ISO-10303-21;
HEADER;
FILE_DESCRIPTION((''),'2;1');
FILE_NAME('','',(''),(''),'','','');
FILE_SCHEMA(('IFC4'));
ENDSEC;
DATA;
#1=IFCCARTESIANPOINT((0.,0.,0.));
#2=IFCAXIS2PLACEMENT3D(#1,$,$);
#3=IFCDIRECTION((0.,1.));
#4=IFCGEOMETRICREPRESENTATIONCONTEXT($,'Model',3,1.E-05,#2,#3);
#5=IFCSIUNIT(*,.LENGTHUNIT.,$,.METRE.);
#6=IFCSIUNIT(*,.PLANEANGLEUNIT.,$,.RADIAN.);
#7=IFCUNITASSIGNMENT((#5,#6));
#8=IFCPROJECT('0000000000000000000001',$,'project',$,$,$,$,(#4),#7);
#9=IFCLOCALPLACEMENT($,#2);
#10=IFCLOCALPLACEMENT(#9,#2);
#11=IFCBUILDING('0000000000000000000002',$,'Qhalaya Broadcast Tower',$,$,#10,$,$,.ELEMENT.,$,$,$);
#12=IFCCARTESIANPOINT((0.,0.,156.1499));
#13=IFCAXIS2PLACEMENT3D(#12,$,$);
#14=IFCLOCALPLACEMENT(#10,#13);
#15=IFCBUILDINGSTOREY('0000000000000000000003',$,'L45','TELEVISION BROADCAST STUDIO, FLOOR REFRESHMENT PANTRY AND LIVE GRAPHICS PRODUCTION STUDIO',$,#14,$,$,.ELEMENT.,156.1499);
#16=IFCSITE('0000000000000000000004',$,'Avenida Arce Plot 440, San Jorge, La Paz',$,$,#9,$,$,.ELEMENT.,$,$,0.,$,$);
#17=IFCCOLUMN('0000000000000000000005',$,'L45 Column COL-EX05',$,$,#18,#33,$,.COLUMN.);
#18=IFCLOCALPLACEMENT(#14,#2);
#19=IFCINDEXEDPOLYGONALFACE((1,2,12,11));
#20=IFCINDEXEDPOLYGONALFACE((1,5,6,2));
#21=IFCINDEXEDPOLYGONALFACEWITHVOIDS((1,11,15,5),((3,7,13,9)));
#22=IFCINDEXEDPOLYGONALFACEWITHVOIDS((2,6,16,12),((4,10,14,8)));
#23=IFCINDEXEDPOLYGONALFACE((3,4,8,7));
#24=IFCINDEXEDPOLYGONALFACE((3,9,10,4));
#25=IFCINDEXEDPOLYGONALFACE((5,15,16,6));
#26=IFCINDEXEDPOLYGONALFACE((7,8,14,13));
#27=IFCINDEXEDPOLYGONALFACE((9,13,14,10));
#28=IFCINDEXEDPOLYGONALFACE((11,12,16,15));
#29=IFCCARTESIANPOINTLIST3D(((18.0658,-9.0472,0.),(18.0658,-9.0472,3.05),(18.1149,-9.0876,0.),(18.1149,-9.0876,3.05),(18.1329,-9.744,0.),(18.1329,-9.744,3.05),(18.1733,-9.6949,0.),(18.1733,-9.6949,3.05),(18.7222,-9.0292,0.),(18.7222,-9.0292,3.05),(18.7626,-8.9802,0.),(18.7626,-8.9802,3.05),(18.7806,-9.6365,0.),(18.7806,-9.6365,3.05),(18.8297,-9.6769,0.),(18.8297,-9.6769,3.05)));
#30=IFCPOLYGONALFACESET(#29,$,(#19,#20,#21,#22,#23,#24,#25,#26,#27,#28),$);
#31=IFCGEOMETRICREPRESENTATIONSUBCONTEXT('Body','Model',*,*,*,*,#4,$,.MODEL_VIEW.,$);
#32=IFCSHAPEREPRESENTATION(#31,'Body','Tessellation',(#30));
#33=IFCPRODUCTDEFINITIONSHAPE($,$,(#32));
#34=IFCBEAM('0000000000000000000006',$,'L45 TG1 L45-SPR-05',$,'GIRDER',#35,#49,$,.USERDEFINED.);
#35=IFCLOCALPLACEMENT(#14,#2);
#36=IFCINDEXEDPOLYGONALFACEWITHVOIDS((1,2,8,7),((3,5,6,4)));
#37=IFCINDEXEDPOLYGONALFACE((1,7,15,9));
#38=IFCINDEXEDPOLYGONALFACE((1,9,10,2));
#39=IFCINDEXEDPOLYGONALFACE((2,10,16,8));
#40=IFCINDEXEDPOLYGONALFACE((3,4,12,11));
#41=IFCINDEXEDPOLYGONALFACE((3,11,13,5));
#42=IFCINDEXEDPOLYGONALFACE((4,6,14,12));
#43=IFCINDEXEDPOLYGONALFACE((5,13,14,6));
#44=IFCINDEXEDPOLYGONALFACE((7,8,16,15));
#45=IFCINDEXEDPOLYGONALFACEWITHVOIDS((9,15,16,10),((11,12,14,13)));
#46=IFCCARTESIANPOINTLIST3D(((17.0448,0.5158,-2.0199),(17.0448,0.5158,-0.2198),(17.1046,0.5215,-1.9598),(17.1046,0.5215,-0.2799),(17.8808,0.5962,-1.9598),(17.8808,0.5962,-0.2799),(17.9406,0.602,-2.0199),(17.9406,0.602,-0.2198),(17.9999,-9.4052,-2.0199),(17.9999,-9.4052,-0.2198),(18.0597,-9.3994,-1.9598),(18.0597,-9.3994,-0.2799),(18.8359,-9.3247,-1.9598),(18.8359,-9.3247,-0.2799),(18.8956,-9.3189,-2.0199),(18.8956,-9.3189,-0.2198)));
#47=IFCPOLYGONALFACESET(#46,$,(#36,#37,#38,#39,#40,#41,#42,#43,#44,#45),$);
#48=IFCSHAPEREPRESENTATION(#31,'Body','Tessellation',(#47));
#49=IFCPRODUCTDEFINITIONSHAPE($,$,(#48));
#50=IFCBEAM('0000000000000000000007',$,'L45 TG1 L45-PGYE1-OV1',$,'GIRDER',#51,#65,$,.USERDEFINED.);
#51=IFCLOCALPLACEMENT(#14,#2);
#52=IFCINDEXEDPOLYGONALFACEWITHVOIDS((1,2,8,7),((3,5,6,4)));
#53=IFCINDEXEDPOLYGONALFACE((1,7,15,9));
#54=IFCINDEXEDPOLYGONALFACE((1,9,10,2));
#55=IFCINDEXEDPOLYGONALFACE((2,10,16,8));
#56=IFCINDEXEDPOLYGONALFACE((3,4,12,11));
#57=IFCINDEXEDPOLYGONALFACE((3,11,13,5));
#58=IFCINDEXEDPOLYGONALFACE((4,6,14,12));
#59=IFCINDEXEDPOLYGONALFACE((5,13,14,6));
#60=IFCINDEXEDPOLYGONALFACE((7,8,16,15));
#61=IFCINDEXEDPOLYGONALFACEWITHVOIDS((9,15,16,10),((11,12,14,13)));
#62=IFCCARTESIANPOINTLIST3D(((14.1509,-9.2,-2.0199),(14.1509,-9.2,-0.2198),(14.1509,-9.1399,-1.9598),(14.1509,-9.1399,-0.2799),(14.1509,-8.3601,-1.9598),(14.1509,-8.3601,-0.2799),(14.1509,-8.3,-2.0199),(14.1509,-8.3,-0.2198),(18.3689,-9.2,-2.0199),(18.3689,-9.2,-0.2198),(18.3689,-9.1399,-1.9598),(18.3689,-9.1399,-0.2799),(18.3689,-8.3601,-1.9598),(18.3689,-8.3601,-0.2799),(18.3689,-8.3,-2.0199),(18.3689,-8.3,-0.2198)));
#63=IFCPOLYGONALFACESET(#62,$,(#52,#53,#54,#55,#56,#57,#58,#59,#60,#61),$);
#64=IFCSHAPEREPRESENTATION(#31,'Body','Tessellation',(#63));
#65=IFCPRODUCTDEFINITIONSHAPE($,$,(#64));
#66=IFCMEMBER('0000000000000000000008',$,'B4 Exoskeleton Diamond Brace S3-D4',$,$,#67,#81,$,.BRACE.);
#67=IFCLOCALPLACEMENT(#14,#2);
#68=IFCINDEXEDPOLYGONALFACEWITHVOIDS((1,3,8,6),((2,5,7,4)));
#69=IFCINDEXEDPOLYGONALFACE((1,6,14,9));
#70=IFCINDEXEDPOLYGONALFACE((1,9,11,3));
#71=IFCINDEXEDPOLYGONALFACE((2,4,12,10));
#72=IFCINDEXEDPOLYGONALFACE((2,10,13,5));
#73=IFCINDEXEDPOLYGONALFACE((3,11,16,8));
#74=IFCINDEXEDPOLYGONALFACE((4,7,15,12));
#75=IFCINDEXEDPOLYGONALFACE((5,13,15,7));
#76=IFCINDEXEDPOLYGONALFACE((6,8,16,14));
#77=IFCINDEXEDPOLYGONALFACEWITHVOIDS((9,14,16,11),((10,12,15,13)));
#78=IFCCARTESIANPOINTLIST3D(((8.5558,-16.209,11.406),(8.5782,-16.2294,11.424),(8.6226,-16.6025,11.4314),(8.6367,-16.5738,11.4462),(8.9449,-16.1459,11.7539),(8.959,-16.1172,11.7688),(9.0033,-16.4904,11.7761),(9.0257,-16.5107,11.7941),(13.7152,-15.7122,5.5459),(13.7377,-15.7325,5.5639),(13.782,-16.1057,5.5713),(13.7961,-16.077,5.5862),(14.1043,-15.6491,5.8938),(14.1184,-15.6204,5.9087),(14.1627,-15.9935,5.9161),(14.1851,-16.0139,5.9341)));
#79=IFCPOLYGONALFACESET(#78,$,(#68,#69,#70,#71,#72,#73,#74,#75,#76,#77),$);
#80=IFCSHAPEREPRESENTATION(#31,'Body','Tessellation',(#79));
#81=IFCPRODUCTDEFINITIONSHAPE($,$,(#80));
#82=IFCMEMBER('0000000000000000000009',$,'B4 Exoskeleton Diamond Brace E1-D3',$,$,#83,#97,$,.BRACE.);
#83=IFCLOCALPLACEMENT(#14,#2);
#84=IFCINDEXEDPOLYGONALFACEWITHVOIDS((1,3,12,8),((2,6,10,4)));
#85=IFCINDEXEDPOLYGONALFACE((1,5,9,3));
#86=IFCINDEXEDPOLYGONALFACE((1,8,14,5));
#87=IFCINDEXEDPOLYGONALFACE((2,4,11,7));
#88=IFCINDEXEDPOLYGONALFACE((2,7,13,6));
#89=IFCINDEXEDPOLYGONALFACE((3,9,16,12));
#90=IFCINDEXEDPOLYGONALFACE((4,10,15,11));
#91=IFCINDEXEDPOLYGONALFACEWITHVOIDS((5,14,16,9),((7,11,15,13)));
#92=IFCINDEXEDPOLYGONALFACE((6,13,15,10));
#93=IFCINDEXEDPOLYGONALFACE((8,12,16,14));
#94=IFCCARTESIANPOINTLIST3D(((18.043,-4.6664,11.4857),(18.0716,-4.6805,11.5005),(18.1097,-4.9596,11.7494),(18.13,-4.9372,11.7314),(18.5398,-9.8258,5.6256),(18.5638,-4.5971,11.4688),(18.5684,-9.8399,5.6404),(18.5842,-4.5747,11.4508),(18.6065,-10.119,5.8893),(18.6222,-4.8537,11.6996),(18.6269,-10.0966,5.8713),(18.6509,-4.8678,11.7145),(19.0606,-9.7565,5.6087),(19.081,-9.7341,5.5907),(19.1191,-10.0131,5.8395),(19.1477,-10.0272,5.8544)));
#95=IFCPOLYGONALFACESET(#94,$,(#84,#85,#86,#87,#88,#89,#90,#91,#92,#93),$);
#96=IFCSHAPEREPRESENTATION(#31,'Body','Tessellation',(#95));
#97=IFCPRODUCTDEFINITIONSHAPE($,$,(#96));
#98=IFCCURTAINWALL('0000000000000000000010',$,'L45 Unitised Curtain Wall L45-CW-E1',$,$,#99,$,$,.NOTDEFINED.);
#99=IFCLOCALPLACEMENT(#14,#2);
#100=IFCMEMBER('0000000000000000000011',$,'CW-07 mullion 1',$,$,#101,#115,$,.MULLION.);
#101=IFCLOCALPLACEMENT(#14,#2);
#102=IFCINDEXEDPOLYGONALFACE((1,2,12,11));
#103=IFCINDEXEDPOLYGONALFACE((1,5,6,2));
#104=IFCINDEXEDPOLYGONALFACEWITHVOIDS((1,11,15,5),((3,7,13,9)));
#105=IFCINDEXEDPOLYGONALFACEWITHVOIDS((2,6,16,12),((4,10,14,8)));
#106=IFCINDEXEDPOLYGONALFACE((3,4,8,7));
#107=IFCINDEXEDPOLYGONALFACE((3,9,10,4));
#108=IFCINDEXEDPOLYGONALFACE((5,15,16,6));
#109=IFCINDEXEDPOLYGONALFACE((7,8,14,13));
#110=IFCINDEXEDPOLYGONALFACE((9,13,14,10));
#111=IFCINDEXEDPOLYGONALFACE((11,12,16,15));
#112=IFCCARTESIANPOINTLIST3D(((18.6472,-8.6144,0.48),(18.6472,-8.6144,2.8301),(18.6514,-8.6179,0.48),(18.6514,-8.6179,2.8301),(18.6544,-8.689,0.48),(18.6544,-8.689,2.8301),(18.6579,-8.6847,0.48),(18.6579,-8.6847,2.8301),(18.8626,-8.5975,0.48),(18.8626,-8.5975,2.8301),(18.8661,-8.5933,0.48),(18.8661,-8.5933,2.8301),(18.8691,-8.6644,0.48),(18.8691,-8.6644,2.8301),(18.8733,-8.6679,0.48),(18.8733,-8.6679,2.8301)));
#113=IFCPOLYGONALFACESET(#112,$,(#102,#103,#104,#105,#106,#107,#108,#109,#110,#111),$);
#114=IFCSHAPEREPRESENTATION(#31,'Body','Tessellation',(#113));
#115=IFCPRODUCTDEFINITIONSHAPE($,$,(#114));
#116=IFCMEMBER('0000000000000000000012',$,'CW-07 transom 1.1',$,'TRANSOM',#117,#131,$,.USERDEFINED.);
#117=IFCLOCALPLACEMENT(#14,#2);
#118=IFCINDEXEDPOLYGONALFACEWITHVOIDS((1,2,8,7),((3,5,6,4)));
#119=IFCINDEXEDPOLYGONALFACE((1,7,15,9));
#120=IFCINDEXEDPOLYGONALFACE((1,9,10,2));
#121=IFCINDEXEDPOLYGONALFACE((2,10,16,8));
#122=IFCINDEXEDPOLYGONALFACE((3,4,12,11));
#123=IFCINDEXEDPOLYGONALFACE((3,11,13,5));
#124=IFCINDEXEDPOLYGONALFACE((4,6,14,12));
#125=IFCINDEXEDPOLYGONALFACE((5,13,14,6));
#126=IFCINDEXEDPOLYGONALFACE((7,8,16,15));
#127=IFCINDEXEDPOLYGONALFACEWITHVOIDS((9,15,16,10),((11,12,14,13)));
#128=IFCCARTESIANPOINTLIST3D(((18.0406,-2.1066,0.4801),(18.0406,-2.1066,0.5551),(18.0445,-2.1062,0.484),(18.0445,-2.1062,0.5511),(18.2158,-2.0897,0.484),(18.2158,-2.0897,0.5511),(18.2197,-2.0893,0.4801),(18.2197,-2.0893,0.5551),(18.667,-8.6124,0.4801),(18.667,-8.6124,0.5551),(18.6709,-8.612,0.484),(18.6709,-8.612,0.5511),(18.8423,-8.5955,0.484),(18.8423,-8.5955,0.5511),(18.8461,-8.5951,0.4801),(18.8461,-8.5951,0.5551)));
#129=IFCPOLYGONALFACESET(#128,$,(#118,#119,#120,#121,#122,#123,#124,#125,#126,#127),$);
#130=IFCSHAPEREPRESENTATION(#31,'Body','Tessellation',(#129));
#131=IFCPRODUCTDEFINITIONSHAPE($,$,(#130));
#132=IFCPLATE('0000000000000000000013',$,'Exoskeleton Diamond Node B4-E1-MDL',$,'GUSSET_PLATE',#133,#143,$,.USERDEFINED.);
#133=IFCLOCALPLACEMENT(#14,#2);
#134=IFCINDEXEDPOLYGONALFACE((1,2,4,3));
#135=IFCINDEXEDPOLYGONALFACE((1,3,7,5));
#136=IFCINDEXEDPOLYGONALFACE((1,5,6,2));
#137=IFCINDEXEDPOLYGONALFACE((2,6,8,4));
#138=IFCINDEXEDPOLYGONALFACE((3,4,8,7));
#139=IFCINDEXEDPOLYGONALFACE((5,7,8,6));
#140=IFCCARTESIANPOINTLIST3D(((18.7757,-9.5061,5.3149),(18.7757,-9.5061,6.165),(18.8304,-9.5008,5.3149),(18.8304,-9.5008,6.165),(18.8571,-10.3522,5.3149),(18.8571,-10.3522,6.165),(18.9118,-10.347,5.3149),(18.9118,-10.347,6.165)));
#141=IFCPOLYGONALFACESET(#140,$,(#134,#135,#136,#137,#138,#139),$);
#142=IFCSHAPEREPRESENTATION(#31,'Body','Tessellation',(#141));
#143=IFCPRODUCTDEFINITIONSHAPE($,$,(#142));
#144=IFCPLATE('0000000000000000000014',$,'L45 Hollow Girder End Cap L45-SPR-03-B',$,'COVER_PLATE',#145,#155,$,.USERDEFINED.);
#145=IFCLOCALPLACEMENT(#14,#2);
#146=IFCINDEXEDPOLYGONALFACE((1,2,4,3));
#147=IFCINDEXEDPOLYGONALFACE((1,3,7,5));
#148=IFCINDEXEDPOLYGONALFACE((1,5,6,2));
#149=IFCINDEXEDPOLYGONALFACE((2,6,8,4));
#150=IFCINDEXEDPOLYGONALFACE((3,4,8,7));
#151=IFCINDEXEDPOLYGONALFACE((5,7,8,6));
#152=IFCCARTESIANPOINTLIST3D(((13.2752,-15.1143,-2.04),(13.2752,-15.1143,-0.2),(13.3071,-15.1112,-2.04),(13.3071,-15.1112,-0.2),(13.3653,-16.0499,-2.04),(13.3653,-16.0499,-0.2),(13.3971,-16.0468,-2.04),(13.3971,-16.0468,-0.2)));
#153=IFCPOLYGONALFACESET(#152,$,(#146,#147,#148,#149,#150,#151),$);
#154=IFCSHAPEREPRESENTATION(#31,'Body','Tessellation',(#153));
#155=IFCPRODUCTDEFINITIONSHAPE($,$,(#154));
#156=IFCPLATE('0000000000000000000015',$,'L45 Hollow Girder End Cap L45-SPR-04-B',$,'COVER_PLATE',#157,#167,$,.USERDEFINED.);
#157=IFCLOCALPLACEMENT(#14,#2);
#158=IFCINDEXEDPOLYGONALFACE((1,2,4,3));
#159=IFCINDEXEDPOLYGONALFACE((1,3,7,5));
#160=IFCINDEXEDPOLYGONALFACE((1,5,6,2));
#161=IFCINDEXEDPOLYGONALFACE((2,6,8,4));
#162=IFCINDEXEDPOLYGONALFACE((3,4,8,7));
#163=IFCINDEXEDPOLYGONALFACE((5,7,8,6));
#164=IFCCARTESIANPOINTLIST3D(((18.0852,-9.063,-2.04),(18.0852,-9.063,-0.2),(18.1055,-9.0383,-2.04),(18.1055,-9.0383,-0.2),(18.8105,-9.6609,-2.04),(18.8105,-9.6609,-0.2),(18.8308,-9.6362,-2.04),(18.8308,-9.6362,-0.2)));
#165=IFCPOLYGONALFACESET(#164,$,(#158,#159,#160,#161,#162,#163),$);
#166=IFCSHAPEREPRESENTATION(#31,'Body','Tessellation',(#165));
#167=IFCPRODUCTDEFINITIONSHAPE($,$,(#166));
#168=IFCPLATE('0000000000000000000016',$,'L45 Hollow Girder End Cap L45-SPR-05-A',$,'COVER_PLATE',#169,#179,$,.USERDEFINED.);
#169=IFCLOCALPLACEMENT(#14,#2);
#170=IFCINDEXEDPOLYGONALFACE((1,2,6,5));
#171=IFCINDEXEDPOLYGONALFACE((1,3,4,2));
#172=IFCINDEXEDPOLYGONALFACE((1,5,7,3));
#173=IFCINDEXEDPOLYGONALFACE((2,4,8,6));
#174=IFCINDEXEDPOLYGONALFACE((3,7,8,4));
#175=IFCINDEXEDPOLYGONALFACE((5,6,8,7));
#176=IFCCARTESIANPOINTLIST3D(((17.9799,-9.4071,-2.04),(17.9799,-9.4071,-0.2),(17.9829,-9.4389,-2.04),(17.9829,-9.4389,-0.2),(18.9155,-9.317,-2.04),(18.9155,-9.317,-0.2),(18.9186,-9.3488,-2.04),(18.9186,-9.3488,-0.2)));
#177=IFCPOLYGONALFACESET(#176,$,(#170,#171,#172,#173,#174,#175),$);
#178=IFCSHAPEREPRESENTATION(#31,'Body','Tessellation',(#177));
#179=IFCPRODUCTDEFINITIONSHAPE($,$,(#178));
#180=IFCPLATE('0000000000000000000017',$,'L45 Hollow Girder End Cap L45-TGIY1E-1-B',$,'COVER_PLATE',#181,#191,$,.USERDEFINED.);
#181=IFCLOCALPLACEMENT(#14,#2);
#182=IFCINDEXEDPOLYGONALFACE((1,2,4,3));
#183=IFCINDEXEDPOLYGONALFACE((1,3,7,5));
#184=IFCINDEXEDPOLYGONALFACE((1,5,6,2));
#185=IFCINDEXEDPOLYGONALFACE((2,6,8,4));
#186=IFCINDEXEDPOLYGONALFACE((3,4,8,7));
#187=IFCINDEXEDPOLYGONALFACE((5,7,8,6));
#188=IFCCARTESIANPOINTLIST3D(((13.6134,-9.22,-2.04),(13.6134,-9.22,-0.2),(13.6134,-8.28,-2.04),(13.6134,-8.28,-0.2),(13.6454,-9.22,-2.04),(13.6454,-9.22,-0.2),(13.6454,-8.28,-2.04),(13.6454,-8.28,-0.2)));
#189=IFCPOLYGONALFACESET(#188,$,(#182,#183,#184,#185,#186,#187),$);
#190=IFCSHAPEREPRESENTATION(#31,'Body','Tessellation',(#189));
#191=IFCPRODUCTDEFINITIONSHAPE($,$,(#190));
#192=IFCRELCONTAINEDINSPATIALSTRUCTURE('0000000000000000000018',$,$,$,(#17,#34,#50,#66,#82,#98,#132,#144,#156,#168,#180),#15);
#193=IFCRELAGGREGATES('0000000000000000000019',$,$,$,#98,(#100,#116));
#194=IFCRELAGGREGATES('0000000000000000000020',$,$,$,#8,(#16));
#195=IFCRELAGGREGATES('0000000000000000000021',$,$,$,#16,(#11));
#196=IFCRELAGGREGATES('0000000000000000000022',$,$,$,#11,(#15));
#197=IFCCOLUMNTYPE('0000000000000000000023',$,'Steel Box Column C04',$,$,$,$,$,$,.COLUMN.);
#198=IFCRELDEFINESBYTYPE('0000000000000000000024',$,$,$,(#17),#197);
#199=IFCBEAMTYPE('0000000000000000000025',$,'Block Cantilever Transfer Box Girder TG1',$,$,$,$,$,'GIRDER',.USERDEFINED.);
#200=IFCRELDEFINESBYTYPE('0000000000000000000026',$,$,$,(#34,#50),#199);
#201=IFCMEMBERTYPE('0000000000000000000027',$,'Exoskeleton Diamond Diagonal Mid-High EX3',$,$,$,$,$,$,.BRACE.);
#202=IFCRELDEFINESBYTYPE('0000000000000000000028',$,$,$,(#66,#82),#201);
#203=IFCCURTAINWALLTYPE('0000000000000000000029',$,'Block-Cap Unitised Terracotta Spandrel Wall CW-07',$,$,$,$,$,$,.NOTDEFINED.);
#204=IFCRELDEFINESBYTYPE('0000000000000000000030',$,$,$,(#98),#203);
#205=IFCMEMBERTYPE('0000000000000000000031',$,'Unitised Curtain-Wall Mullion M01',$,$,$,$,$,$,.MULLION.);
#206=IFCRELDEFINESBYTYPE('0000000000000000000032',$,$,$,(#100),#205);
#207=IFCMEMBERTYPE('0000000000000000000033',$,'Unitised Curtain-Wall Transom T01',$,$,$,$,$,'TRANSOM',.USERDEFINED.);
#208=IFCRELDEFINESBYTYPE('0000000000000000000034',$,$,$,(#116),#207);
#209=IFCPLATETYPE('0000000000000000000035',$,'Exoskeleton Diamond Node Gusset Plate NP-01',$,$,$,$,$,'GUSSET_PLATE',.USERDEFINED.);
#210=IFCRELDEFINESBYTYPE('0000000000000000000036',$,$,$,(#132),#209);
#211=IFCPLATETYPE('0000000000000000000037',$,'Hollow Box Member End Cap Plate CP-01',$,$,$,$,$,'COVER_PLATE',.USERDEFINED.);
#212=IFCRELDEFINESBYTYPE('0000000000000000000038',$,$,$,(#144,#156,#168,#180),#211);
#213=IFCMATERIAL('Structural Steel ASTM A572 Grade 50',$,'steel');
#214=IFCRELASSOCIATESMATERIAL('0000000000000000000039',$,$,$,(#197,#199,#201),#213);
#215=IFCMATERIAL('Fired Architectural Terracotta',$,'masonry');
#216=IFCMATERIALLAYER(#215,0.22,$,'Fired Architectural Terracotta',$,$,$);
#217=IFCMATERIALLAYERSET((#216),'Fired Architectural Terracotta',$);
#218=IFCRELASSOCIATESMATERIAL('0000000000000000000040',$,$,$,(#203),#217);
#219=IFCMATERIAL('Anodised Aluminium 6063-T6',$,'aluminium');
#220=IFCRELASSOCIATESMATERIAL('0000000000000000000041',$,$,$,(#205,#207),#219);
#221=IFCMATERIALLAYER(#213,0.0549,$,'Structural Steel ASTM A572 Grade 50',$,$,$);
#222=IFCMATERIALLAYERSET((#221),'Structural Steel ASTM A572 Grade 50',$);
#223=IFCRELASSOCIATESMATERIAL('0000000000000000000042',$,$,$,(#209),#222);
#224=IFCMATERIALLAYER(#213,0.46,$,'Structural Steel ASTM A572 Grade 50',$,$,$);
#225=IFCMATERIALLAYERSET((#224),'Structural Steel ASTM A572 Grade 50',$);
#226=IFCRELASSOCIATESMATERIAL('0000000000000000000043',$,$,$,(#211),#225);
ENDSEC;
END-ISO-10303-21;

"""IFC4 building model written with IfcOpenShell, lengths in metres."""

from ifc_helpers import new_model, si_unit, direction, frame, origin, origin_2d, place, context, subcontext, project, spatial, rectangle, hollow_rectangle, extrude, material, layer, layer_set, material_profile, profile_set, type_object, element, aggregate, save


model = new_model("IFC4")

# Units and contexts
model_context = context("Model", 3, precision=1e-05, world=origin(), true_north=direction((0.0, 1.0)))
body_context = subcontext(model_context, "Body", "Model", "MODEL_VIEW")
ifc_project = project(units=[si_unit("LENGTHUNIT", "METRE"), si_unit("PLANEANGLEUNIT", "RADIAN")], contexts=[model_context])

# Site, building, storey
site_placement = place(None, origin())
site = spatial("IfcSite", under=ifc_project, at=site_placement, Name="Avenida Arce Plot 440, San Jorge, La Paz", CompositionType="ELEMENT", RefElevation=0.0)
building_placement = place(site_placement, origin())
building = spatial("IfcBuilding", under=site, at=building_placement, Name="Qhalaya Broadcast Tower", CompositionType="ELEMENT")
storey_placement = place(building_placement, frame((0.0, 0.0, 156.1499)))
storey = spatial("IfcBuildingStorey", under=building, at=storey_placement, Name="L45", Description="TELEVISION BROADCAST STUDIO, FLOOR REFRESHMENT PANTRY AND LIVE GRAPHICS PRODUCTION STUDIO", CompositionType="ELEMENT", Elevation=156.1499)

# Column
ifc_material_1 = material(Name="Structural Steel ASTM A572 Grade 50", Category="steel")
ifc_material_profile_1 = material_profile(ifc_material_1, hollow_rectangle(XDim=0.7, YDim=0.7, WallThickness=0.0449, at=origin_2d()), Name="BOX 700x700x45")
ifc_profile_set_1 = profile_set([ifc_material_profile_1], Name="Structural Steel ASTM A572 Grade 50")
column_type = type_object("IfcColumnType", Name="Steel Box Column C04", PredefinedType="COLUMN", material=ifc_profile_set_1)
column_placement = place(storey_placement, frame((18.4478, -9.3621, 0.0), z_axis=(0.0, 0.0, 1.0), x_axis=(-0.095846, 0.995396, 0.0)))
element("IfcColumn", 1, at=column_placement, inside=storey, type_object=column_type, Name="L45 Column COL-EX05", PredefinedType="COLUMN", context=body_context, shape_type="SweptSolid", body=[
    extrude(hollow_rectangle(XDim=0.7, YDim=0.7, WallThickness=0.0449, at=origin_2d()), origin(), (0.0, 0.0, 1.0), 3.05),
])

# Beams
ifc_material_profile_2 = material_profile(ifc_material_1, hollow_rectangle(XDim=0.8999, YDim=1.8, WallThickness=0.0601, at=origin_2d()), Name="BOX 900x1800x60")
ifc_profile_set_2 = profile_set([ifc_material_profile_2], Name="Structural Steel ASTM A572 Grade 50")
beam_type = type_object("IfcBeamType", Name="Block Cantilever Transfer Box Girder TG1", ElementType="GIRDER", PredefinedType="USERDEFINED", material=ifc_profile_set_2)
beam_1_placement = place(storey_placement, frame((18.4478, -9.3621, -1.1199), z_axis=(-0.095826, 0.995398, 0.0), x_axis=(-0.995398, -0.095826, 0.0)))
element("IfcBeam", 2, at=beam_1_placement, inside=storey, type_object=beam_type, Name="L45 TG1 L45-SPR-05", ObjectType="GIRDER", PredefinedType="USERDEFINED", context=body_context, shape_type="SweptSolid", body=[
    extrude(hollow_rectangle(XDim=0.8999, YDim=1.8, WallThickness=0.0601, at=origin_2d()), origin(), (0.0, 0.0, 1.0), 9.9668),
])
beam_2_placement = place(storey_placement, frame((14.1509, -8.75, -1.1199), z_axis=(1.0, 0.0, 0.0), x_axis=(0.0, 1.0, 0.0)))
element("IfcBeam", 3, at=beam_2_placement, inside=storey, type_object=beam_type, Name="L45 TG1 L45-PGYE1-OV1", ObjectType="GIRDER", PredefinedType="USERDEFINED", context=body_context, shape_type="SweptSolid", body=[
    extrude(hollow_rectangle(XDim=0.8999, YDim=1.8, WallThickness=0.0601, at=origin_2d()), origin(), (0.0, 0.0, 1.0), 4.218),
])

# Members
ifc_material_profile_3 = material_profile(ifc_material_1, hollow_rectangle(XDim=0.3999, YDim=0.55, WallThickness=0.0249, at=origin_2d()), Name="BOX 400x550x25")
ifc_profile_set_3 = profile_set([ifc_material_profile_3], Name="Structural Steel ASTM A572 Grade 50")
member_type_1 = type_object("IfcMemberType", Name="Exoskeleton Diamond Diagonal Mid-High EX3", PredefinedType="BRACE", material=ifc_profile_set_3)
for number, where, z_axis, x_axis, name in (
    (4, (13.9502, -15.863, 5.74), (-0.659477, -0.063504, 0.749038), (0.166872, -0.983932, 0.0635), "B4 Exoskeleton Diamond Brace S3-D4"),
    (5, (18.8438, -9.9265, 5.74), (-0.063504, 0.659477, 0.749038), (0.16687, -0.73297, 0.659477), "B4 Exoskeleton Diamond Brace E1-D3"),
):
    element("IfcMember", number, at=place(storey_placement, frame(where, z_axis=z_axis, x_axis=x_axis)), inside=storey, type_object=member_type_1, Name=name, PredefinedType="BRACE", context=body_context, shape_type="SweptSolid", body=[
        extrude(hollow_rectangle(XDim=0.3999, YDim=0.55, WallThickness=0.0249, at=origin_2d()), origin(), (0.0, 0.0, 1.0), 7.8235),
    ])

# Curtain wall, members
ifc_material_2 = material(Name="Fired Architectural Terracotta", Category="masonry")
ifc_layer_1 = layer(ifc_material_2, 0.22, Name="Fired Architectural Terracotta")
ifc_layer_set_1 = layer_set([ifc_layer_1], Name="Fired Architectural Terracotta")
curtain_wall_type = type_object("IfcCurtainWallType", Name="Block-Cap Unitised Terracotta Spandrel Wall CW-07", PredefinedType="NOTDEFINED", material=ifc_layer_set_1)
curtain_wall_placement = place(storey_placement, origin())
curtain_wall = element("IfcCurtainWall", 6, at=curtain_wall_placement, inside=storey, type_object=curtain_wall_type, Name="L45 Unitised Curtain Wall L45-CW-E1", PredefinedType="NOTDEFINED")
ifc_material_3 = material(Name="Anodised Aluminium 6063-T6", Category="aluminium")
ifc_material_profile_4 = material_profile(ifc_material_3, hollow_rectangle(XDim=0.075, YDim=0.22, WallThickness=0.0039, at=origin_2d()), Name="ALU-MUL 75x220x4")
ifc_profile_set_4 = profile_set([ifc_material_profile_4], Name="Anodised Aluminium 6063-T6")
member_type_2 = type_object("IfcMemberType", Name="Unitised Curtain-Wall Mullion M01", PredefinedType="MULLION", material=ifc_profile_set_4)
member_1_placement = place(storey_placement, frame((18.7603, -8.6411, 0.48), z_axis=(0.0, 0.0, 1.0), x_axis=(-0.095842, 0.995397, 0.0)))
member_1 = element("IfcMember", 7, at=member_1_placement, type_object=member_type_2, Name="CW-07 mullion 1", PredefinedType="MULLION", context=body_context, shape_type="SweptSolid", body=[
    extrude(hollow_rectangle(XDim=0.075, YDim=0.22, WallThickness=0.0039, at=origin_2d()), origin(), (0.0, 0.0, 1.0), 2.3501),
])
ifc_material_profile_5 = material_profile(ifc_material_3, hollow_rectangle(XDim=0.075, YDim=0.1799, WallThickness=0.0039, at=origin_2d()), Name="ALU-TRN 75x180x4")
ifc_profile_set_5 = profile_set([ifc_material_profile_5], Name="Anodised Aluminium 6063-T6")
member_type_3 = type_object("IfcMemberType", Name="Unitised Curtain-Wall Transom T01", ElementType="TRANSOM", PredefinedType="USERDEFINED", material=ifc_profile_set_5)
member_2_placement = place(storey_placement, frame((18.7566, -8.6038, 0.5176), z_axis=(-0.095849, 0.995396, 0.0), x_axis=(0.0, 0.0, 1.0)))
member_2 = element("IfcMember", 8, at=member_2_placement, type_object=member_type_3, Name="CW-07 transom 1.1", ObjectType="TRANSOM", PredefinedType="USERDEFINED", context=body_context, shape_type="SweptSolid", body=[
    extrude(hollow_rectangle(XDim=0.075, YDim=0.1799, WallThickness=0.0039, at=origin_2d()), origin(), (0.0, 0.0, 1.0), 6.5359),
])
aggregate(curtain_wall, [member_1, member_2])

# Plates
ifc_layer_2 = layer(ifc_material_1, 0.0549, Name="Structural Steel ASTM A572 Grade 50")
ifc_layer_set_2 = layer_set([ifc_layer_2], Name="Structural Steel ASTM A572 Grade 50")
plate_type_1 = type_object("IfcPlateType", Name="Exoskeleton Diamond Node Gusset Plate NP-01", ElementType="GUSSET_PLATE", PredefinedType="USERDEFINED", material=ifc_layer_set_2)
plate_1_placement = place(storey_placement, frame((18.8438, -9.9265, 5.3149), z_axis=(0.0, 0.0, 1.0), x_axis=(-0.095846, 0.995396, 0.0)))
element("IfcPlate", 9, at=plate_1_placement, inside=storey, type_object=plate_type_1, Name="Exoskeleton Diamond Node B4-E1-MDL", ObjectType="GUSSET_PLATE", PredefinedType="USERDEFINED", context=body_context, shape_type="SweptSolid", body=[
    extrude(rectangle(XDim=0.8501, YDim=0.0549, at=origin_2d()), origin(), (0.0, 0.0, 1.0), 0.8501),
])
ifc_layer_3 = layer(ifc_material_1, 0.46, Name="Structural Steel ASTM A572 Grade 50")
ifc_layer_set_3 = layer_set([ifc_layer_3], Name="Structural Steel ASTM A572 Grade 50")
plate_type_2 = type_object("IfcPlateType", Name="Hollow Box Member End Cap Plate CP-01", ElementType="COVER_PLATE", PredefinedType="USERDEFINED", material=ifc_layer_set_3)
for number, where, z_axis, x_axis, name in (
    (10, (13.3362, -15.5806, -2.04), (0.0, 0.0, 1.0), (-0.095846, 0.995396, 0.0), "L45 Hollow Girder End Cap L45-SPR-03-B"),
    (11, (18.458, -9.3496, -2.04), (0.0, 0.0, 1.0), (-0.771625, 0.636078, 0.0), "L45 Hollow Girder End Cap L45-SPR-04-B"),
    (12, (18.4492, -9.3779, -2.04), (0.0, 0.0, 1.0), (-0.995396, -0.095846, 0.0), "L45 Hollow Girder End Cap L45-SPR-05-A"),
    (13, (13.6294, -8.75, -2.04), (0.0, 0.0, 1.0), (0.0, 1.0, 0.0), "L45 Hollow Girder End Cap L45-TGIY1E-1-B"),
):
    element("IfcPlate", number, at=place(storey_placement, frame(where, z_axis=z_axis, x_axis=x_axis)), inside=storey, type_object=plate_type_2, Name=name, ObjectType="COVER_PLATE", PredefinedType="USERDEFINED", context=body_context, shape_type="SweptSolid", body=[
        extrude(rectangle(XDim=0.9399, YDim=0.032, at=origin_2d()), origin(), (0.0, 0.0, 1.0), 1.8401),
    ])

save(model, "model.ifc")
